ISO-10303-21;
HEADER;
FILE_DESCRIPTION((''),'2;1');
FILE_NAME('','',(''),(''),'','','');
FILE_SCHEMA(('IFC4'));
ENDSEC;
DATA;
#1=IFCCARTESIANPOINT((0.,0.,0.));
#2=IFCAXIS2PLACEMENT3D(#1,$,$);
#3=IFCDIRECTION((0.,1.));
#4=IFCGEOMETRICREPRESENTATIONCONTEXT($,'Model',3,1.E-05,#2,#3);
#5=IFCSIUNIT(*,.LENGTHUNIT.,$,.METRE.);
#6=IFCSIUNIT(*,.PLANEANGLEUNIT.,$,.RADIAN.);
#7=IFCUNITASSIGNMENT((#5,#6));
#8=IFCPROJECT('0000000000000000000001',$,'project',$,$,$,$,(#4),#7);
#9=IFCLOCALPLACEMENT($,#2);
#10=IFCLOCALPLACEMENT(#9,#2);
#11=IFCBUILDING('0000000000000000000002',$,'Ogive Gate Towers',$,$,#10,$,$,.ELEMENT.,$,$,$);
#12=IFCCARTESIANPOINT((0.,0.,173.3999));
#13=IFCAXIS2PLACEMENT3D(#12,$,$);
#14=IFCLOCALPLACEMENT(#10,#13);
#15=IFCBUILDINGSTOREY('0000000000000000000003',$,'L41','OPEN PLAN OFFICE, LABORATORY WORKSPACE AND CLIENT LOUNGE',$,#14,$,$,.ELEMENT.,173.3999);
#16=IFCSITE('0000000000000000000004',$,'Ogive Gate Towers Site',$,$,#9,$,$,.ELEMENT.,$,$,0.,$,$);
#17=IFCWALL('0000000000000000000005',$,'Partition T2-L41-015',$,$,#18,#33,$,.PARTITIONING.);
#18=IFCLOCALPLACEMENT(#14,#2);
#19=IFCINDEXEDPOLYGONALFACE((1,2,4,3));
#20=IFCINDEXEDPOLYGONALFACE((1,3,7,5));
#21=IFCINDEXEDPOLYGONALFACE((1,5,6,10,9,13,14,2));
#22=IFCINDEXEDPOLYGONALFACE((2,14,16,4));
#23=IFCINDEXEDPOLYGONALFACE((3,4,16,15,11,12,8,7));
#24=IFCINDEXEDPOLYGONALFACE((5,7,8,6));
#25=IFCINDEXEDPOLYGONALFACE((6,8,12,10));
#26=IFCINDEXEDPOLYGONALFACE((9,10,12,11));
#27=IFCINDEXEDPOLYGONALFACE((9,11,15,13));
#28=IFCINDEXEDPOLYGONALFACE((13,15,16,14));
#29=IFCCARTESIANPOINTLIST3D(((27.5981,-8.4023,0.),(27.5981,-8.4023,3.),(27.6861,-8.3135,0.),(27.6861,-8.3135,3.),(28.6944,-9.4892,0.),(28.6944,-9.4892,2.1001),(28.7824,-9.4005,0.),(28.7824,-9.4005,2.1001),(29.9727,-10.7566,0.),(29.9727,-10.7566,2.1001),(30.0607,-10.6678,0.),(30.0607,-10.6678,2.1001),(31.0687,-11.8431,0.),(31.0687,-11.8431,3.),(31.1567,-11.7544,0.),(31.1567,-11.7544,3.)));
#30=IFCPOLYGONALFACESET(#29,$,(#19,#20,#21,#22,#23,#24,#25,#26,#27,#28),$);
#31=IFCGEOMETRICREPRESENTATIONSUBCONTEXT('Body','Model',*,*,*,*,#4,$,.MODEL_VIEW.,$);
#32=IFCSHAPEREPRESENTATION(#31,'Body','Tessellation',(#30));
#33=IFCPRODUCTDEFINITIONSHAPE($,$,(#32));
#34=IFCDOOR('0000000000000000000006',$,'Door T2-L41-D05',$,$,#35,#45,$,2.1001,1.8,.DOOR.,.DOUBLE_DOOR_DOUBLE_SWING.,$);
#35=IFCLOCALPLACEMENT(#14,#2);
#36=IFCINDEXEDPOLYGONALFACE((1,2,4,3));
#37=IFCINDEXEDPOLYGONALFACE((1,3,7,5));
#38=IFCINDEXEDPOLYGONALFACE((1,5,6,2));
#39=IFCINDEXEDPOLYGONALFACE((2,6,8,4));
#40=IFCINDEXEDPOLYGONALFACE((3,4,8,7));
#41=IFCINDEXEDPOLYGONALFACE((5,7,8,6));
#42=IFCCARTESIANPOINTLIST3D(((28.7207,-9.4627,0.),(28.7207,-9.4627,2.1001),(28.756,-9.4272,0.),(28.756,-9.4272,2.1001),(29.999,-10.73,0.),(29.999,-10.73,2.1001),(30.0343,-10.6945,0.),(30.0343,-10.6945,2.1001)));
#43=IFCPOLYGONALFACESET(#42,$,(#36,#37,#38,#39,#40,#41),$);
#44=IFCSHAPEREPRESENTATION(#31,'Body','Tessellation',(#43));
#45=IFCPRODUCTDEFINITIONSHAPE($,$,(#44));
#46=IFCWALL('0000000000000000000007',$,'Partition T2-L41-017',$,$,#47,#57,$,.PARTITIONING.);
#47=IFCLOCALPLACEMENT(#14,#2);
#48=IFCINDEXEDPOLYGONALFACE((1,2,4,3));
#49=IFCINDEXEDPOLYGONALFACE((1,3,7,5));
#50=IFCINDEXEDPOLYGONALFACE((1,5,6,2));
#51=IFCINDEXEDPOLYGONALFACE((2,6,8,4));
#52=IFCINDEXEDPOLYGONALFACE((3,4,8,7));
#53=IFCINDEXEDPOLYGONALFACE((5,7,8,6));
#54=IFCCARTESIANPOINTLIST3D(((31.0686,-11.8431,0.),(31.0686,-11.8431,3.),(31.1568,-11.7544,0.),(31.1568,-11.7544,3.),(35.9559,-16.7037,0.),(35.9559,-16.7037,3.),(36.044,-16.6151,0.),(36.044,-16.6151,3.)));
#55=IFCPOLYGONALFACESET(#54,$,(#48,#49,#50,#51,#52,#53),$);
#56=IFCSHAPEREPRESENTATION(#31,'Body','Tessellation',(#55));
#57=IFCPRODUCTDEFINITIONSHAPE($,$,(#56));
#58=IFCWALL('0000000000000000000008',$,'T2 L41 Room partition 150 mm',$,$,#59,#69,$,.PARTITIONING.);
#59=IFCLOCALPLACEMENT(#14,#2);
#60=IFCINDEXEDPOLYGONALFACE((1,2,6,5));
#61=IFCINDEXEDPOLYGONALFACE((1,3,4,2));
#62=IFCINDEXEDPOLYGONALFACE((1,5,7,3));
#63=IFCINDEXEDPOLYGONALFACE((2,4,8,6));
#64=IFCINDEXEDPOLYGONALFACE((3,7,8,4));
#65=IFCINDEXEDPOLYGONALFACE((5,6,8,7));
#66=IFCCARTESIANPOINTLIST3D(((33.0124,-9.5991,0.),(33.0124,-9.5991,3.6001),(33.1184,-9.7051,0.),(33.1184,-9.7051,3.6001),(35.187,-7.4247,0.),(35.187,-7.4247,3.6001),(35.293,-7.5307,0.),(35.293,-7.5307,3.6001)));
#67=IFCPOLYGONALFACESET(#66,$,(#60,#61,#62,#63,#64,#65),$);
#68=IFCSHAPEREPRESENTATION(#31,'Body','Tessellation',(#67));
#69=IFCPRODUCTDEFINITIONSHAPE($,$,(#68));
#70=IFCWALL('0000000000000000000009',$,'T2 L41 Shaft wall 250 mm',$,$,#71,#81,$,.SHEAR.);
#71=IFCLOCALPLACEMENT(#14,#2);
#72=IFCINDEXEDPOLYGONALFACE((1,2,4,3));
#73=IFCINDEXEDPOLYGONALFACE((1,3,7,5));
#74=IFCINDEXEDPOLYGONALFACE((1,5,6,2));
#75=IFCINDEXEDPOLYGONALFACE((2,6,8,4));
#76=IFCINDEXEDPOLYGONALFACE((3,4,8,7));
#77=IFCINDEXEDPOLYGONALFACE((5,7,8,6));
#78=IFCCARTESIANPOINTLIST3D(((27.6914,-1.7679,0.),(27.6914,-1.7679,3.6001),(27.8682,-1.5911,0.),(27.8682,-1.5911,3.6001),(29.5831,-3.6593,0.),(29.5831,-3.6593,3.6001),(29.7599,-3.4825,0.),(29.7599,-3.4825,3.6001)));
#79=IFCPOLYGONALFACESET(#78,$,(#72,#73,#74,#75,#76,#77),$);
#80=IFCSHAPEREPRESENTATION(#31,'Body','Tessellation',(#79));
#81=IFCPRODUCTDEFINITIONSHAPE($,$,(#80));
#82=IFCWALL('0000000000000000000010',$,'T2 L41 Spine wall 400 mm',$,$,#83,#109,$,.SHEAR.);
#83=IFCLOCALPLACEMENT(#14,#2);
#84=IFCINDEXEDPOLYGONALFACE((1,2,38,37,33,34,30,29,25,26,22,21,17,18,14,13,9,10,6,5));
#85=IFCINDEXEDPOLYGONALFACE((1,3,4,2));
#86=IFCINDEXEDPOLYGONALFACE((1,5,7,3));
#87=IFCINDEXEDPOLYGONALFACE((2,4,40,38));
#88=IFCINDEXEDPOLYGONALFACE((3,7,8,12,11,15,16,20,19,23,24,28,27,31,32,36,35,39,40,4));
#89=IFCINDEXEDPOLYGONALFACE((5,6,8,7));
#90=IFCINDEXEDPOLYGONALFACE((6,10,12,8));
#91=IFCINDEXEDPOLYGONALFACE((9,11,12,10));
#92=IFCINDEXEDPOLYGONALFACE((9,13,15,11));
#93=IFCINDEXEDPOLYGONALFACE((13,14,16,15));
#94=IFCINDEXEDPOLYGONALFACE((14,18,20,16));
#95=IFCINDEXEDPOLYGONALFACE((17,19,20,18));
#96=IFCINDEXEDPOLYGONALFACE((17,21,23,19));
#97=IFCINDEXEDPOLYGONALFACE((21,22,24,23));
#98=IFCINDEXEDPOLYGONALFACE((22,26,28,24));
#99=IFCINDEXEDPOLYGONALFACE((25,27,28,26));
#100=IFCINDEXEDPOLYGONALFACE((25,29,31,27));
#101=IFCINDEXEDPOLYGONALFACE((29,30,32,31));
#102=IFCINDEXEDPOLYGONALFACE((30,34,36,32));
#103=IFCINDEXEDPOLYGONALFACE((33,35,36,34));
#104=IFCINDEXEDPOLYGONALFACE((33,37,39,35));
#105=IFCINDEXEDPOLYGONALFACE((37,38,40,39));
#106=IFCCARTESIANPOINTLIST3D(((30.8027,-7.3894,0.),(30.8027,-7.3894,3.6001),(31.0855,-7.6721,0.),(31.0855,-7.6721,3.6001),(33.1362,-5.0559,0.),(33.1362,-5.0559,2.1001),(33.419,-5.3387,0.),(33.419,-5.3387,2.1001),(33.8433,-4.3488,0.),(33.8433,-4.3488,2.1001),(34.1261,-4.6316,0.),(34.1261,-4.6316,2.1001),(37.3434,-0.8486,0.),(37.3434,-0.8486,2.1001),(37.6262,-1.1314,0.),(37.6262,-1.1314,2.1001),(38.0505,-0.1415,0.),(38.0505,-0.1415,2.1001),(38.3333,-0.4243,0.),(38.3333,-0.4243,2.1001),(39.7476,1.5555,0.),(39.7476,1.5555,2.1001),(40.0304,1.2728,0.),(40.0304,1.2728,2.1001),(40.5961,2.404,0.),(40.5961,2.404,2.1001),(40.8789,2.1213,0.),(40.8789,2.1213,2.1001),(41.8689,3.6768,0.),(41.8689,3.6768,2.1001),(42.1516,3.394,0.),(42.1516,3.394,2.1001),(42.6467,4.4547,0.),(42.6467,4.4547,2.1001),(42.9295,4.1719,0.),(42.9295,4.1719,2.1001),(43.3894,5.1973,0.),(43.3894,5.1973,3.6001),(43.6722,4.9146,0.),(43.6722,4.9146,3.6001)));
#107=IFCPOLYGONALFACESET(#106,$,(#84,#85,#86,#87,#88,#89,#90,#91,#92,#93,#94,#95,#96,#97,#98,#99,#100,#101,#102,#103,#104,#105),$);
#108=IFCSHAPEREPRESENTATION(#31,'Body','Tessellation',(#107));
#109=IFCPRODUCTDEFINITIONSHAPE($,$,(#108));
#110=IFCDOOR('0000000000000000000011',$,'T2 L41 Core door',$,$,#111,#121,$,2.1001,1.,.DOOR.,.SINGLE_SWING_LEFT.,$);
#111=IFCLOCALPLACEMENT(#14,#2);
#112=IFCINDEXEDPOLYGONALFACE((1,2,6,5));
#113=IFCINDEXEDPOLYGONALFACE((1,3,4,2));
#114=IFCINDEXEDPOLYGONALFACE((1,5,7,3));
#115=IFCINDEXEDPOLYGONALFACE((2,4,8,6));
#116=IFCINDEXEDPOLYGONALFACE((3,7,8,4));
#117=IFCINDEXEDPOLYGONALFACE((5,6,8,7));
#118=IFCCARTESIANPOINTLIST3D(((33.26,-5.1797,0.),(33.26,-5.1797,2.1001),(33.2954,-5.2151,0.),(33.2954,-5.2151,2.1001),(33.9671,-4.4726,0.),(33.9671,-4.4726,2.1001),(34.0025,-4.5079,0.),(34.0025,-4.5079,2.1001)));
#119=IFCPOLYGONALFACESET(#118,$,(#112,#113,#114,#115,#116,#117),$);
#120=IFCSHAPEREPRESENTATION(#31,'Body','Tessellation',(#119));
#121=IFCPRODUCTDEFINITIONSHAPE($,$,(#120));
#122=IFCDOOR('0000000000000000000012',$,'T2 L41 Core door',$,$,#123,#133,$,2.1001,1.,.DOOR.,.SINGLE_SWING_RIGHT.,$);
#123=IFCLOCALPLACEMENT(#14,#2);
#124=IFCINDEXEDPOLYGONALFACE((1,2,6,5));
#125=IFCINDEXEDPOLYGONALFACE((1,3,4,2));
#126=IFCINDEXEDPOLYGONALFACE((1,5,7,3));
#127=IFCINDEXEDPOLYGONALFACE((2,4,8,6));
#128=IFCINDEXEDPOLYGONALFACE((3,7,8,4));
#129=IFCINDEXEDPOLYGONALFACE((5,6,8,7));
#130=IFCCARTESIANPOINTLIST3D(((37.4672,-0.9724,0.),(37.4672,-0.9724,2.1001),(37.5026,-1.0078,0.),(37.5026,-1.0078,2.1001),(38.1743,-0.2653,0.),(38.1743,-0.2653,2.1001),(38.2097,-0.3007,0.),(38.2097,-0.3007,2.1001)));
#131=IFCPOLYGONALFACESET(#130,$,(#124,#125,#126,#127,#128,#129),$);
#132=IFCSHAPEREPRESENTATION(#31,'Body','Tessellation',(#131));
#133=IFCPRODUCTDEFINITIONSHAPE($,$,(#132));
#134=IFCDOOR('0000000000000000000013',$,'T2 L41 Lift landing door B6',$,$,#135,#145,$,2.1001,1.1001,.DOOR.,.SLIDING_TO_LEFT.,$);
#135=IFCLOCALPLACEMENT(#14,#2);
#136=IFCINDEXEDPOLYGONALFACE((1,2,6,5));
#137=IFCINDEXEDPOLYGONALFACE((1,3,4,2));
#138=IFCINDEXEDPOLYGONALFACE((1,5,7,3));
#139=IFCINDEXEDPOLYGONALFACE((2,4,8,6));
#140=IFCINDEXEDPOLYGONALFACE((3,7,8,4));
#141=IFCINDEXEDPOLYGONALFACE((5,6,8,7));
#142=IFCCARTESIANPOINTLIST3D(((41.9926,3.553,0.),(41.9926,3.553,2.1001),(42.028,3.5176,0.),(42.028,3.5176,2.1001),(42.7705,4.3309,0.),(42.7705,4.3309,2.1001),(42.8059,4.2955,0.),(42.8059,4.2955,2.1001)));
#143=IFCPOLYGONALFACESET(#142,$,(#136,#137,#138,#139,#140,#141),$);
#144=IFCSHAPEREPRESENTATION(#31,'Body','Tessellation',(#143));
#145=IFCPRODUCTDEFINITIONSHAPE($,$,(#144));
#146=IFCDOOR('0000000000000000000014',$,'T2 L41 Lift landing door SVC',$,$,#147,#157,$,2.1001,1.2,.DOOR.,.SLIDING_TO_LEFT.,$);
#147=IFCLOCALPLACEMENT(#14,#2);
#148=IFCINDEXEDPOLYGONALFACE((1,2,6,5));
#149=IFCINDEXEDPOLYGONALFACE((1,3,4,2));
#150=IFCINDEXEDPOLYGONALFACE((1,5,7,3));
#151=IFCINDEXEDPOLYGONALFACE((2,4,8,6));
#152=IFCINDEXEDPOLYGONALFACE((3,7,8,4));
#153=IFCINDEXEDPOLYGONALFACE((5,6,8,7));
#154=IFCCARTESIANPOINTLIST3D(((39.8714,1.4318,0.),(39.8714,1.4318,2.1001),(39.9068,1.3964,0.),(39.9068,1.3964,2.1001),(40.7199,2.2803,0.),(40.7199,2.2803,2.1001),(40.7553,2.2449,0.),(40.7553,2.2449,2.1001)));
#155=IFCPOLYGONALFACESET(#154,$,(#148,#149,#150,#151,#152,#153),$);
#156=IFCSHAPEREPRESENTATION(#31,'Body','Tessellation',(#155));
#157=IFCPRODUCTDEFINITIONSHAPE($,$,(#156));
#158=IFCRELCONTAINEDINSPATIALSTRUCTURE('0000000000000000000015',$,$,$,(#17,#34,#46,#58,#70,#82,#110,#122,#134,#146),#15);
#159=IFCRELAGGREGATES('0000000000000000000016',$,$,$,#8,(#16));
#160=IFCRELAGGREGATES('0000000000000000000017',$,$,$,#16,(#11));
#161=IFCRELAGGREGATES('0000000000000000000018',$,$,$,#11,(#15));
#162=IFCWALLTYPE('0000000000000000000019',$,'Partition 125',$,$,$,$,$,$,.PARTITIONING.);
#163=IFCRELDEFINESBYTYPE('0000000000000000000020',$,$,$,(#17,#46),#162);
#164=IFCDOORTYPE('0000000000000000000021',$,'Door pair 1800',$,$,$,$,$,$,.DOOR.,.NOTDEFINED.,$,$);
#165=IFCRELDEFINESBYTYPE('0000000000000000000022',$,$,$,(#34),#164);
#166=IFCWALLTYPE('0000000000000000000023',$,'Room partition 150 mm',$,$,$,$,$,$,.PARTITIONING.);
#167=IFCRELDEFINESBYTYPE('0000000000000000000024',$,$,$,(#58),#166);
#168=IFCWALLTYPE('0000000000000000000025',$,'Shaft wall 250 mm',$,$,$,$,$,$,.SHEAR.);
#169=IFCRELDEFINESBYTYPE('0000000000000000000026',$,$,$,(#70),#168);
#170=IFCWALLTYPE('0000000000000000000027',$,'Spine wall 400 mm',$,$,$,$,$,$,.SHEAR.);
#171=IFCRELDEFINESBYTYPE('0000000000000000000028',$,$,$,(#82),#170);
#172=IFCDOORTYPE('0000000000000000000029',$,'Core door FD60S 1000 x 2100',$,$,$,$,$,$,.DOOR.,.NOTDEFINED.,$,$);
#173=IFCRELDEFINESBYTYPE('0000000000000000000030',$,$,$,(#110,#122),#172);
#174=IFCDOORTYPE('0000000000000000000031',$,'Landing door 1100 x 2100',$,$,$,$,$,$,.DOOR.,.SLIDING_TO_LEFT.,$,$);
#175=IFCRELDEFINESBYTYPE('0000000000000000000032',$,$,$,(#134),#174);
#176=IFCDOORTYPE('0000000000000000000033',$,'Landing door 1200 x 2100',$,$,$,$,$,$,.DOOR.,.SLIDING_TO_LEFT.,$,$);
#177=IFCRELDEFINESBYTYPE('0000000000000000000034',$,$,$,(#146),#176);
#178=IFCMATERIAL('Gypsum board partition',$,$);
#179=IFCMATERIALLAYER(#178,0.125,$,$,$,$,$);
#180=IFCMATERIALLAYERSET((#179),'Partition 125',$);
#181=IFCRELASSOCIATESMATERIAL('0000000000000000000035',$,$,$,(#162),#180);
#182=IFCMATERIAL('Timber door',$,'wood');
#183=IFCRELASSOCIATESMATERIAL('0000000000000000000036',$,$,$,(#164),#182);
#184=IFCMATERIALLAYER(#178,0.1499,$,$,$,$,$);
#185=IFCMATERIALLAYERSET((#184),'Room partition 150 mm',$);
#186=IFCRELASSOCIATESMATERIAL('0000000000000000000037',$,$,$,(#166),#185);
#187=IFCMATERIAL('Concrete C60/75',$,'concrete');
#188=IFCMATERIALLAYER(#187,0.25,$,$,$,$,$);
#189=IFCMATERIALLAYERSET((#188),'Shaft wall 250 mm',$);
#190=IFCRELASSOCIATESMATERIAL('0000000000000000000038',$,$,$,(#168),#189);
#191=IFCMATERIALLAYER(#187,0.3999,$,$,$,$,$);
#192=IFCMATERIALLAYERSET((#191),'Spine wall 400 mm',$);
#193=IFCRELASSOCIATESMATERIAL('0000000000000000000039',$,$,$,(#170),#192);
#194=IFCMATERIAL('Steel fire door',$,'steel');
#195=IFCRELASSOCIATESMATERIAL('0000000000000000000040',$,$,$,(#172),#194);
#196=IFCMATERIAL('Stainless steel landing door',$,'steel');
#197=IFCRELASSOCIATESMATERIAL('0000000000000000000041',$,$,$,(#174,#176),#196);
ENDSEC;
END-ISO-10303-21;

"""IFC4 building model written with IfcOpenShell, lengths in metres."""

from ifc_helpers import new_model, si_unit, direction, frame, frame_2d, origin, place, context, subcontext, project, spatial, rectangle, extrude, material, layer, layer_set, type_object, element, fill, save


model = new_model("IFC4")

# Units and contexts
model_context = context("Model", 3, precision=1e-05, world=origin(), true_north=direction((0.0, 1.0)))
body_context = subcontext(model_context, "Body", "Model", "MODEL_VIEW")
ifc_project = project(units=[si_unit("LENGTHUNIT", "METRE"), si_unit("PLANEANGLEUNIT", "RADIAN")], contexts=[model_context])

# Site, building, storey
site_placement = place(None, origin())
site = spatial("IfcSite", under=ifc_project, at=site_placement, Name="Ogive Gate Towers Site", CompositionType="ELEMENT", RefElevation=0.0)
building_placement = place(site_placement, origin())
building = spatial("IfcBuilding", under=site, at=building_placement, Name="Ogive Gate Towers", CompositionType="ELEMENT")
storey_placement = place(building_placement, frame((0.0, 0.0, 173.3999)))
storey = spatial("IfcBuildingStorey", under=building, at=storey_placement, Name="L41", Description="OPEN PLAN OFFICE, LABORATORY WORKSPACE AND CLIENT LOUNGE", CompositionType="ELEMENT", Elevation=173.3999)

# Wall, opening, door
ifc_material_1 = material(Name="Gypsum board partition")
ifc_layer_1 = layer(ifc_material_1, 0.125)
ifc_layer_set_1 = layer_set([ifc_layer_1], Name="Partition 125")
wall_type_1 = type_object("IfcWallType", Name="Partition 125", PredefinedType="PARTITIONING", material=ifc_layer_set_1)
wall_1_placement = place(storey_placement, frame((27.6421, -8.3579, 0.0), z_axis=(0.0, 0.0, 1.0), x_axis=(0.710147, -0.704053, 0.0)))
wall_1 = element("IfcWall", 1, at=wall_1_placement, inside=storey, type_object=wall_type_1, Name="Partition T2-L41-015", PredefinedType="PARTITIONING", context=body_context, shape_type="SweptSolid", body=[
    extrude(rectangle(XDim=4.8872, YDim=0.125, at=frame_2d((2.4436, 0.0))), origin(), (0.0, 0.0, 1.0), 3.0),
])
opening_1_placement = place(wall_1_placement, frame((1.5439, 0.0, 0.0)))
opening_1 = element("IfcOpeningElement", 2, at=opening_1_placement, cuts=wall_1, PredefinedType="OPENING", context=body_context, shape_type="SweptSolid", body=[
    extrude(rectangle(XDim=1.8, YDim=2.1001, at=frame_2d((0.8999, 1.05))), frame((0.0, 0.0725, 0.0), z_axis=(0.0, -1.0, 0.0), x_axis=(1.0, 0.0, 0.0)), (0.0, 0.0, 1.0), 0.145),
])
ifc_material_2 = material(Name="Timber door", Category="wood")
door_type_1 = type_object("IfcDoorType", Name="Door pair 1800", OperationType="NOTDEFINED", PredefinedType="DOOR", material=ifc_material_2)
door_1_placement = place(opening_1_placement, origin())
door_1 = element("IfcDoor", 3, at=door_1_placement, inside=storey, type_object=door_type_1, Name="Door T2-L41-D05", OperationType="DOUBLE_DOOR_DOUBLE_SWING", OverallHeight=2.1001, OverallWidth=1.8, PredefinedType="DOOR", context=body_context, shape_type="SweptSolid", body=[
    extrude(rectangle(XDim=1.8, YDim=2.1001, at=frame_2d((0.8999, 1.05))), frame((0.0, 0.0249, 0.0), z_axis=(0.0, -1.0, 0.0), x_axis=(1.0, 0.0, 0.0)), (0.0, 0.0, 1.0), 0.05),
])
fill(opening_1, door_1)

# Walls
wall_2_placement = place(storey_placement, frame((31.1128, -11.7988, 0.0), z_axis=(0.0, 0.0, 1.0), x_axis=(0.709035, -0.705174, 0.0)))
element("IfcWall", 4, at=wall_2_placement, inside=storey, type_object=wall_type_1, Name="Partition T2-L41-017", PredefinedType="PARTITIONING", context=body_context, shape_type="SweptSolid", body=[
    extrude(rectangle(XDim=6.8928, YDim=0.125, at=frame_2d((3.4463, 0.0))), origin(), (0.0, 0.0, 1.0), 3.0),
])
ifc_layer_2 = layer(ifc_material_1, 0.1499)
ifc_layer_set_2 = layer_set([ifc_layer_2], Name="Room partition 150 mm")
wall_type_2 = type_object("IfcWallType", Name="Room partition 150 mm", PredefinedType="PARTITIONING", material=ifc_layer_set_2)
wall_3_placement = place(storey_placement, frame((33.0654, -9.6521, 0.0), z_axis=(0.0, 0.0, 1.0), x_axis=(0.707146, 0.707067, 0.0)))
element("IfcWall", 5, at=wall_3_placement, inside=storey, type_object=wall_type_2, Name="T2 L41 Room partition 150 mm", PredefinedType="PARTITIONING", context=body_context, shape_type="SweptSolid", body=[
    extrude(rectangle(XDim=3.0752, YDim=0.1499, at=frame_2d((1.5376, 0.0))), origin(), (0.0, 0.0, 1.0), 3.6001),
])
ifc_material_3 = material(Name="Concrete C60/75", Category="concrete")
ifc_layer_3 = layer(ifc_material_3, 0.25)
ifc_layer_set_3 = layer_set([ifc_layer_3], Name="Shaft wall 250 mm")
wall_type_3 = type_object("IfcWallType", Name="Shaft wall 250 mm", PredefinedType="SHEAR", material=ifc_layer_set_3)
wall_4_placement = place(storey_placement, frame((29.6714, -3.5708, 0.0), z_axis=(0.0, 0.0, 1.0), x_axis=(-0.707152, 0.707061, 0.0)))
element("IfcWall", 6, at=wall_4_placement, inside=storey, type_object=wall_type_3, Name="T2 L41 Shaft wall 250 mm", PredefinedType="SHEAR", context=body_context, shape_type="SweptSolid", body=[
    extrude(rectangle(XDim=2.675, YDim=0.25, at=frame_2d((1.3374, 0.0))), origin(), (0.0, 0.0, 1.0), 3.6001),
])

# Wall, openings, doors
ifc_layer_4 = layer(ifc_material_3, 0.3999)
ifc_layer_set_4 = layer_set([ifc_layer_4], Name="Spine wall 400 mm")
wall_type_4 = type_object("IfcWallType", Name="Spine wall 400 mm", PredefinedType="SHEAR", material=ifc_layer_set_4)
wall_5_placement = place(storey_placement, frame((30.9441, -7.5308, 0.0), z_axis=(0.0, 0.0, 1.0), x_axis=(0.707107, 0.707107, 0.0)))
wall_5 = element("IfcWall", 7, at=wall_5_placement, inside=storey, type_object=wall_type_4, Name="T2 L41 Spine wall 400 mm", PredefinedType="SHEAR", context=body_context, shape_type="SweptSolid", body=[
    extrude(rectangle(XDim=17.8003, YDim=0.3999, at=frame_2d((8.9001, 0.0))), origin(), (0.0, 0.0, 1.0), 3.6001),
])
opening_2_placement = place(wall_5_placement, frame((12.6499, 0.0, 0.0)))
opening_2 = element("IfcOpeningElement", 8, at=opening_2_placement, cuts=wall_5, PredefinedType="OPENING", context=body_context, shape_type="SweptSolid", body=[
    extrude(rectangle(XDim=1.2, YDim=2.1001, at=frame_2d((0.6001, 1.05))), frame((0.0, 0.21, 0.0), z_axis=(0.0, -1.0, 0.0), x_axis=(1.0, 0.0, 0.0)), (0.0, 0.0, 1.0), 0.4199),
])
opening_3_placement = place(wall_5_placement, frame((15.6499, 0.0, 0.0)))
opening_3 = element("IfcOpeningElement", 9, at=opening_3_placement, cuts=wall_5, PredefinedType="OPENING", context=body_context, shape_type="SweptSolid", body=[
    extrude(rectangle(XDim=1.1001, YDim=2.1001, at=frame_2d((0.55, 1.05))), frame((0.0, 0.21, 0.0), z_axis=(0.0, -1.0, 0.0), x_axis=(1.0, 0.0, 0.0)), (0.0, 0.0, 1.0), 0.4199),
])
opening_4_placement = place(wall_5_placement, frame((3.3, 0.0, 0.0)))
opening_4 = element("IfcOpeningElement", 10, at=opening_4_placement, cuts=wall_5, PredefinedType="OPENING", context=body_context, shape_type="SweptSolid", body=[
    extrude(rectangle(XDim=1.0, YDim=2.1001, at=frame_2d((0.5, 1.05))), frame((0.0, 0.21, 0.0), z_axis=(0.0, -1.0, 0.0), x_axis=(1.0, 0.0, 0.0)), (0.0, 0.0, 1.0), 0.4199),
])
opening_5_placement = place(wall_5_placement, frame((9.25, 0.0, 0.0)))
opening_5 = element("IfcOpeningElement", 11, at=opening_5_placement, cuts=wall_5, PredefinedType="OPENING", context=body_context, shape_type="SweptSolid", body=[
    extrude(rectangle(XDim=1.0, YDim=2.1001, at=frame_2d((0.5, 1.05))), frame((0.0, 0.21, 0.0), z_axis=(0.0, -1.0, 0.0), x_axis=(1.0, 0.0, 0.0)), (0.0, 0.0, 1.0), 0.4199),
])
ifc_material_4 = material(Name="Steel fire door", Category="steel")
door_type_2 = type_object("IfcDoorType", Name="Core door FD60S 1000 x 2100", OperationType="NOTDEFINED", PredefinedType="DOOR", material=ifc_material_4)
door_2_placement = place(opening_4_placement, origin())
door_2 = element("IfcDoor", 12, at=door_2_placement, inside=storey, type_object=door_type_2, Name="T2 L41 Core door", OperationType="SINGLE_SWING_LEFT", OverallHeight=2.1001, OverallWidth=1.0, PredefinedType="DOOR", context=body_context, shape_type="SweptSolid", body=[
    extrude(rectangle(XDim=1.0, YDim=2.1001, at=frame_2d((0.5, 1.05))), frame((0.0, 0.0249, 0.0), z_axis=(0.0, -1.0, 0.0), x_axis=(1.0, 0.0, 0.0)), (0.0, 0.0, 1.0), 0.05),
])
fill(opening_4, door_2)
door_3_placement = place(opening_5_placement, origin())
door_3 = element("IfcDoor", 13, at=door_3_placement, inside=storey, type_object=door_type_2, Name="T2 L41 Core door", OperationType="SINGLE_SWING_RIGHT", OverallHeight=2.1001, OverallWidth=1.0, PredefinedType="DOOR", context=body_context, shape_type="SweptSolid", body=[
    extrude(rectangle(XDim=1.0, YDim=2.1001, at=frame_2d((0.5, 1.05))), frame((0.0, 0.0249, 0.0), z_axis=(0.0, -1.0, 0.0), x_axis=(1.0, 0.0, 0.0)), (0.0, 0.0, 1.0), 0.05),
])
fill(opening_5, door_3)
ifc_material_5 = material(Name="Stainless steel landing door", Category="steel")
door_type_3 = type_object("IfcDoorType", Name="Landing door 1100 x 2100", OperationType="SLIDING_TO_LEFT", PredefinedType="DOOR", material=ifc_material_5)
door_4_placement = place(opening_3_placement, origin())
door_4 = element("IfcDoor", 14, at=door_4_placement, inside=storey, type_object=door_type_3, Name="T2 L41 Lift landing door B6", OperationType="SLIDING_TO_LEFT", OverallHeight=2.1001, OverallWidth=1.1001, PredefinedType="DOOR", context=body_context, shape_type="SweptSolid", body=[
    extrude(rectangle(XDim=1.1001, YDim=2.1001, at=frame_2d((0.55, 1.05))), frame((0.0, 0.0249, 0.0), z_axis=(0.0, -1.0, 0.0), x_axis=(1.0, 0.0, 0.0)), (0.0, 0.0, 1.0), 0.05),
])
fill(opening_3, door_4)
door_type_4 = type_object("IfcDoorType", Name="Landing door 1200 x 2100", OperationType="SLIDING_TO_LEFT", PredefinedType="DOOR", material=ifc_material_5)
door_5_placement = place(opening_2_placement, origin())
door_5 = element("IfcDoor", 15, at=door_5_placement, inside=storey, type_object=door_type_4, Name="T2 L41 Lift landing door SVC", OperationType="SLIDING_TO_LEFT", OverallHeight=2.1001, OverallWidth=1.2, PredefinedType="DOOR", context=body_context, shape_type="SweptSolid", body=[
    extrude(rectangle(XDim=1.2, YDim=2.1001, at=frame_2d((0.6001, 1.05))), frame((0.0, 0.0249, 0.0), z_axis=(0.0, -1.0, 0.0), x_axis=(1.0, 0.0, 0.0)), (0.0, 0.0, 1.0), 0.05),
])
fill(opening_2, door_5)

save(model, "model.ifc")
